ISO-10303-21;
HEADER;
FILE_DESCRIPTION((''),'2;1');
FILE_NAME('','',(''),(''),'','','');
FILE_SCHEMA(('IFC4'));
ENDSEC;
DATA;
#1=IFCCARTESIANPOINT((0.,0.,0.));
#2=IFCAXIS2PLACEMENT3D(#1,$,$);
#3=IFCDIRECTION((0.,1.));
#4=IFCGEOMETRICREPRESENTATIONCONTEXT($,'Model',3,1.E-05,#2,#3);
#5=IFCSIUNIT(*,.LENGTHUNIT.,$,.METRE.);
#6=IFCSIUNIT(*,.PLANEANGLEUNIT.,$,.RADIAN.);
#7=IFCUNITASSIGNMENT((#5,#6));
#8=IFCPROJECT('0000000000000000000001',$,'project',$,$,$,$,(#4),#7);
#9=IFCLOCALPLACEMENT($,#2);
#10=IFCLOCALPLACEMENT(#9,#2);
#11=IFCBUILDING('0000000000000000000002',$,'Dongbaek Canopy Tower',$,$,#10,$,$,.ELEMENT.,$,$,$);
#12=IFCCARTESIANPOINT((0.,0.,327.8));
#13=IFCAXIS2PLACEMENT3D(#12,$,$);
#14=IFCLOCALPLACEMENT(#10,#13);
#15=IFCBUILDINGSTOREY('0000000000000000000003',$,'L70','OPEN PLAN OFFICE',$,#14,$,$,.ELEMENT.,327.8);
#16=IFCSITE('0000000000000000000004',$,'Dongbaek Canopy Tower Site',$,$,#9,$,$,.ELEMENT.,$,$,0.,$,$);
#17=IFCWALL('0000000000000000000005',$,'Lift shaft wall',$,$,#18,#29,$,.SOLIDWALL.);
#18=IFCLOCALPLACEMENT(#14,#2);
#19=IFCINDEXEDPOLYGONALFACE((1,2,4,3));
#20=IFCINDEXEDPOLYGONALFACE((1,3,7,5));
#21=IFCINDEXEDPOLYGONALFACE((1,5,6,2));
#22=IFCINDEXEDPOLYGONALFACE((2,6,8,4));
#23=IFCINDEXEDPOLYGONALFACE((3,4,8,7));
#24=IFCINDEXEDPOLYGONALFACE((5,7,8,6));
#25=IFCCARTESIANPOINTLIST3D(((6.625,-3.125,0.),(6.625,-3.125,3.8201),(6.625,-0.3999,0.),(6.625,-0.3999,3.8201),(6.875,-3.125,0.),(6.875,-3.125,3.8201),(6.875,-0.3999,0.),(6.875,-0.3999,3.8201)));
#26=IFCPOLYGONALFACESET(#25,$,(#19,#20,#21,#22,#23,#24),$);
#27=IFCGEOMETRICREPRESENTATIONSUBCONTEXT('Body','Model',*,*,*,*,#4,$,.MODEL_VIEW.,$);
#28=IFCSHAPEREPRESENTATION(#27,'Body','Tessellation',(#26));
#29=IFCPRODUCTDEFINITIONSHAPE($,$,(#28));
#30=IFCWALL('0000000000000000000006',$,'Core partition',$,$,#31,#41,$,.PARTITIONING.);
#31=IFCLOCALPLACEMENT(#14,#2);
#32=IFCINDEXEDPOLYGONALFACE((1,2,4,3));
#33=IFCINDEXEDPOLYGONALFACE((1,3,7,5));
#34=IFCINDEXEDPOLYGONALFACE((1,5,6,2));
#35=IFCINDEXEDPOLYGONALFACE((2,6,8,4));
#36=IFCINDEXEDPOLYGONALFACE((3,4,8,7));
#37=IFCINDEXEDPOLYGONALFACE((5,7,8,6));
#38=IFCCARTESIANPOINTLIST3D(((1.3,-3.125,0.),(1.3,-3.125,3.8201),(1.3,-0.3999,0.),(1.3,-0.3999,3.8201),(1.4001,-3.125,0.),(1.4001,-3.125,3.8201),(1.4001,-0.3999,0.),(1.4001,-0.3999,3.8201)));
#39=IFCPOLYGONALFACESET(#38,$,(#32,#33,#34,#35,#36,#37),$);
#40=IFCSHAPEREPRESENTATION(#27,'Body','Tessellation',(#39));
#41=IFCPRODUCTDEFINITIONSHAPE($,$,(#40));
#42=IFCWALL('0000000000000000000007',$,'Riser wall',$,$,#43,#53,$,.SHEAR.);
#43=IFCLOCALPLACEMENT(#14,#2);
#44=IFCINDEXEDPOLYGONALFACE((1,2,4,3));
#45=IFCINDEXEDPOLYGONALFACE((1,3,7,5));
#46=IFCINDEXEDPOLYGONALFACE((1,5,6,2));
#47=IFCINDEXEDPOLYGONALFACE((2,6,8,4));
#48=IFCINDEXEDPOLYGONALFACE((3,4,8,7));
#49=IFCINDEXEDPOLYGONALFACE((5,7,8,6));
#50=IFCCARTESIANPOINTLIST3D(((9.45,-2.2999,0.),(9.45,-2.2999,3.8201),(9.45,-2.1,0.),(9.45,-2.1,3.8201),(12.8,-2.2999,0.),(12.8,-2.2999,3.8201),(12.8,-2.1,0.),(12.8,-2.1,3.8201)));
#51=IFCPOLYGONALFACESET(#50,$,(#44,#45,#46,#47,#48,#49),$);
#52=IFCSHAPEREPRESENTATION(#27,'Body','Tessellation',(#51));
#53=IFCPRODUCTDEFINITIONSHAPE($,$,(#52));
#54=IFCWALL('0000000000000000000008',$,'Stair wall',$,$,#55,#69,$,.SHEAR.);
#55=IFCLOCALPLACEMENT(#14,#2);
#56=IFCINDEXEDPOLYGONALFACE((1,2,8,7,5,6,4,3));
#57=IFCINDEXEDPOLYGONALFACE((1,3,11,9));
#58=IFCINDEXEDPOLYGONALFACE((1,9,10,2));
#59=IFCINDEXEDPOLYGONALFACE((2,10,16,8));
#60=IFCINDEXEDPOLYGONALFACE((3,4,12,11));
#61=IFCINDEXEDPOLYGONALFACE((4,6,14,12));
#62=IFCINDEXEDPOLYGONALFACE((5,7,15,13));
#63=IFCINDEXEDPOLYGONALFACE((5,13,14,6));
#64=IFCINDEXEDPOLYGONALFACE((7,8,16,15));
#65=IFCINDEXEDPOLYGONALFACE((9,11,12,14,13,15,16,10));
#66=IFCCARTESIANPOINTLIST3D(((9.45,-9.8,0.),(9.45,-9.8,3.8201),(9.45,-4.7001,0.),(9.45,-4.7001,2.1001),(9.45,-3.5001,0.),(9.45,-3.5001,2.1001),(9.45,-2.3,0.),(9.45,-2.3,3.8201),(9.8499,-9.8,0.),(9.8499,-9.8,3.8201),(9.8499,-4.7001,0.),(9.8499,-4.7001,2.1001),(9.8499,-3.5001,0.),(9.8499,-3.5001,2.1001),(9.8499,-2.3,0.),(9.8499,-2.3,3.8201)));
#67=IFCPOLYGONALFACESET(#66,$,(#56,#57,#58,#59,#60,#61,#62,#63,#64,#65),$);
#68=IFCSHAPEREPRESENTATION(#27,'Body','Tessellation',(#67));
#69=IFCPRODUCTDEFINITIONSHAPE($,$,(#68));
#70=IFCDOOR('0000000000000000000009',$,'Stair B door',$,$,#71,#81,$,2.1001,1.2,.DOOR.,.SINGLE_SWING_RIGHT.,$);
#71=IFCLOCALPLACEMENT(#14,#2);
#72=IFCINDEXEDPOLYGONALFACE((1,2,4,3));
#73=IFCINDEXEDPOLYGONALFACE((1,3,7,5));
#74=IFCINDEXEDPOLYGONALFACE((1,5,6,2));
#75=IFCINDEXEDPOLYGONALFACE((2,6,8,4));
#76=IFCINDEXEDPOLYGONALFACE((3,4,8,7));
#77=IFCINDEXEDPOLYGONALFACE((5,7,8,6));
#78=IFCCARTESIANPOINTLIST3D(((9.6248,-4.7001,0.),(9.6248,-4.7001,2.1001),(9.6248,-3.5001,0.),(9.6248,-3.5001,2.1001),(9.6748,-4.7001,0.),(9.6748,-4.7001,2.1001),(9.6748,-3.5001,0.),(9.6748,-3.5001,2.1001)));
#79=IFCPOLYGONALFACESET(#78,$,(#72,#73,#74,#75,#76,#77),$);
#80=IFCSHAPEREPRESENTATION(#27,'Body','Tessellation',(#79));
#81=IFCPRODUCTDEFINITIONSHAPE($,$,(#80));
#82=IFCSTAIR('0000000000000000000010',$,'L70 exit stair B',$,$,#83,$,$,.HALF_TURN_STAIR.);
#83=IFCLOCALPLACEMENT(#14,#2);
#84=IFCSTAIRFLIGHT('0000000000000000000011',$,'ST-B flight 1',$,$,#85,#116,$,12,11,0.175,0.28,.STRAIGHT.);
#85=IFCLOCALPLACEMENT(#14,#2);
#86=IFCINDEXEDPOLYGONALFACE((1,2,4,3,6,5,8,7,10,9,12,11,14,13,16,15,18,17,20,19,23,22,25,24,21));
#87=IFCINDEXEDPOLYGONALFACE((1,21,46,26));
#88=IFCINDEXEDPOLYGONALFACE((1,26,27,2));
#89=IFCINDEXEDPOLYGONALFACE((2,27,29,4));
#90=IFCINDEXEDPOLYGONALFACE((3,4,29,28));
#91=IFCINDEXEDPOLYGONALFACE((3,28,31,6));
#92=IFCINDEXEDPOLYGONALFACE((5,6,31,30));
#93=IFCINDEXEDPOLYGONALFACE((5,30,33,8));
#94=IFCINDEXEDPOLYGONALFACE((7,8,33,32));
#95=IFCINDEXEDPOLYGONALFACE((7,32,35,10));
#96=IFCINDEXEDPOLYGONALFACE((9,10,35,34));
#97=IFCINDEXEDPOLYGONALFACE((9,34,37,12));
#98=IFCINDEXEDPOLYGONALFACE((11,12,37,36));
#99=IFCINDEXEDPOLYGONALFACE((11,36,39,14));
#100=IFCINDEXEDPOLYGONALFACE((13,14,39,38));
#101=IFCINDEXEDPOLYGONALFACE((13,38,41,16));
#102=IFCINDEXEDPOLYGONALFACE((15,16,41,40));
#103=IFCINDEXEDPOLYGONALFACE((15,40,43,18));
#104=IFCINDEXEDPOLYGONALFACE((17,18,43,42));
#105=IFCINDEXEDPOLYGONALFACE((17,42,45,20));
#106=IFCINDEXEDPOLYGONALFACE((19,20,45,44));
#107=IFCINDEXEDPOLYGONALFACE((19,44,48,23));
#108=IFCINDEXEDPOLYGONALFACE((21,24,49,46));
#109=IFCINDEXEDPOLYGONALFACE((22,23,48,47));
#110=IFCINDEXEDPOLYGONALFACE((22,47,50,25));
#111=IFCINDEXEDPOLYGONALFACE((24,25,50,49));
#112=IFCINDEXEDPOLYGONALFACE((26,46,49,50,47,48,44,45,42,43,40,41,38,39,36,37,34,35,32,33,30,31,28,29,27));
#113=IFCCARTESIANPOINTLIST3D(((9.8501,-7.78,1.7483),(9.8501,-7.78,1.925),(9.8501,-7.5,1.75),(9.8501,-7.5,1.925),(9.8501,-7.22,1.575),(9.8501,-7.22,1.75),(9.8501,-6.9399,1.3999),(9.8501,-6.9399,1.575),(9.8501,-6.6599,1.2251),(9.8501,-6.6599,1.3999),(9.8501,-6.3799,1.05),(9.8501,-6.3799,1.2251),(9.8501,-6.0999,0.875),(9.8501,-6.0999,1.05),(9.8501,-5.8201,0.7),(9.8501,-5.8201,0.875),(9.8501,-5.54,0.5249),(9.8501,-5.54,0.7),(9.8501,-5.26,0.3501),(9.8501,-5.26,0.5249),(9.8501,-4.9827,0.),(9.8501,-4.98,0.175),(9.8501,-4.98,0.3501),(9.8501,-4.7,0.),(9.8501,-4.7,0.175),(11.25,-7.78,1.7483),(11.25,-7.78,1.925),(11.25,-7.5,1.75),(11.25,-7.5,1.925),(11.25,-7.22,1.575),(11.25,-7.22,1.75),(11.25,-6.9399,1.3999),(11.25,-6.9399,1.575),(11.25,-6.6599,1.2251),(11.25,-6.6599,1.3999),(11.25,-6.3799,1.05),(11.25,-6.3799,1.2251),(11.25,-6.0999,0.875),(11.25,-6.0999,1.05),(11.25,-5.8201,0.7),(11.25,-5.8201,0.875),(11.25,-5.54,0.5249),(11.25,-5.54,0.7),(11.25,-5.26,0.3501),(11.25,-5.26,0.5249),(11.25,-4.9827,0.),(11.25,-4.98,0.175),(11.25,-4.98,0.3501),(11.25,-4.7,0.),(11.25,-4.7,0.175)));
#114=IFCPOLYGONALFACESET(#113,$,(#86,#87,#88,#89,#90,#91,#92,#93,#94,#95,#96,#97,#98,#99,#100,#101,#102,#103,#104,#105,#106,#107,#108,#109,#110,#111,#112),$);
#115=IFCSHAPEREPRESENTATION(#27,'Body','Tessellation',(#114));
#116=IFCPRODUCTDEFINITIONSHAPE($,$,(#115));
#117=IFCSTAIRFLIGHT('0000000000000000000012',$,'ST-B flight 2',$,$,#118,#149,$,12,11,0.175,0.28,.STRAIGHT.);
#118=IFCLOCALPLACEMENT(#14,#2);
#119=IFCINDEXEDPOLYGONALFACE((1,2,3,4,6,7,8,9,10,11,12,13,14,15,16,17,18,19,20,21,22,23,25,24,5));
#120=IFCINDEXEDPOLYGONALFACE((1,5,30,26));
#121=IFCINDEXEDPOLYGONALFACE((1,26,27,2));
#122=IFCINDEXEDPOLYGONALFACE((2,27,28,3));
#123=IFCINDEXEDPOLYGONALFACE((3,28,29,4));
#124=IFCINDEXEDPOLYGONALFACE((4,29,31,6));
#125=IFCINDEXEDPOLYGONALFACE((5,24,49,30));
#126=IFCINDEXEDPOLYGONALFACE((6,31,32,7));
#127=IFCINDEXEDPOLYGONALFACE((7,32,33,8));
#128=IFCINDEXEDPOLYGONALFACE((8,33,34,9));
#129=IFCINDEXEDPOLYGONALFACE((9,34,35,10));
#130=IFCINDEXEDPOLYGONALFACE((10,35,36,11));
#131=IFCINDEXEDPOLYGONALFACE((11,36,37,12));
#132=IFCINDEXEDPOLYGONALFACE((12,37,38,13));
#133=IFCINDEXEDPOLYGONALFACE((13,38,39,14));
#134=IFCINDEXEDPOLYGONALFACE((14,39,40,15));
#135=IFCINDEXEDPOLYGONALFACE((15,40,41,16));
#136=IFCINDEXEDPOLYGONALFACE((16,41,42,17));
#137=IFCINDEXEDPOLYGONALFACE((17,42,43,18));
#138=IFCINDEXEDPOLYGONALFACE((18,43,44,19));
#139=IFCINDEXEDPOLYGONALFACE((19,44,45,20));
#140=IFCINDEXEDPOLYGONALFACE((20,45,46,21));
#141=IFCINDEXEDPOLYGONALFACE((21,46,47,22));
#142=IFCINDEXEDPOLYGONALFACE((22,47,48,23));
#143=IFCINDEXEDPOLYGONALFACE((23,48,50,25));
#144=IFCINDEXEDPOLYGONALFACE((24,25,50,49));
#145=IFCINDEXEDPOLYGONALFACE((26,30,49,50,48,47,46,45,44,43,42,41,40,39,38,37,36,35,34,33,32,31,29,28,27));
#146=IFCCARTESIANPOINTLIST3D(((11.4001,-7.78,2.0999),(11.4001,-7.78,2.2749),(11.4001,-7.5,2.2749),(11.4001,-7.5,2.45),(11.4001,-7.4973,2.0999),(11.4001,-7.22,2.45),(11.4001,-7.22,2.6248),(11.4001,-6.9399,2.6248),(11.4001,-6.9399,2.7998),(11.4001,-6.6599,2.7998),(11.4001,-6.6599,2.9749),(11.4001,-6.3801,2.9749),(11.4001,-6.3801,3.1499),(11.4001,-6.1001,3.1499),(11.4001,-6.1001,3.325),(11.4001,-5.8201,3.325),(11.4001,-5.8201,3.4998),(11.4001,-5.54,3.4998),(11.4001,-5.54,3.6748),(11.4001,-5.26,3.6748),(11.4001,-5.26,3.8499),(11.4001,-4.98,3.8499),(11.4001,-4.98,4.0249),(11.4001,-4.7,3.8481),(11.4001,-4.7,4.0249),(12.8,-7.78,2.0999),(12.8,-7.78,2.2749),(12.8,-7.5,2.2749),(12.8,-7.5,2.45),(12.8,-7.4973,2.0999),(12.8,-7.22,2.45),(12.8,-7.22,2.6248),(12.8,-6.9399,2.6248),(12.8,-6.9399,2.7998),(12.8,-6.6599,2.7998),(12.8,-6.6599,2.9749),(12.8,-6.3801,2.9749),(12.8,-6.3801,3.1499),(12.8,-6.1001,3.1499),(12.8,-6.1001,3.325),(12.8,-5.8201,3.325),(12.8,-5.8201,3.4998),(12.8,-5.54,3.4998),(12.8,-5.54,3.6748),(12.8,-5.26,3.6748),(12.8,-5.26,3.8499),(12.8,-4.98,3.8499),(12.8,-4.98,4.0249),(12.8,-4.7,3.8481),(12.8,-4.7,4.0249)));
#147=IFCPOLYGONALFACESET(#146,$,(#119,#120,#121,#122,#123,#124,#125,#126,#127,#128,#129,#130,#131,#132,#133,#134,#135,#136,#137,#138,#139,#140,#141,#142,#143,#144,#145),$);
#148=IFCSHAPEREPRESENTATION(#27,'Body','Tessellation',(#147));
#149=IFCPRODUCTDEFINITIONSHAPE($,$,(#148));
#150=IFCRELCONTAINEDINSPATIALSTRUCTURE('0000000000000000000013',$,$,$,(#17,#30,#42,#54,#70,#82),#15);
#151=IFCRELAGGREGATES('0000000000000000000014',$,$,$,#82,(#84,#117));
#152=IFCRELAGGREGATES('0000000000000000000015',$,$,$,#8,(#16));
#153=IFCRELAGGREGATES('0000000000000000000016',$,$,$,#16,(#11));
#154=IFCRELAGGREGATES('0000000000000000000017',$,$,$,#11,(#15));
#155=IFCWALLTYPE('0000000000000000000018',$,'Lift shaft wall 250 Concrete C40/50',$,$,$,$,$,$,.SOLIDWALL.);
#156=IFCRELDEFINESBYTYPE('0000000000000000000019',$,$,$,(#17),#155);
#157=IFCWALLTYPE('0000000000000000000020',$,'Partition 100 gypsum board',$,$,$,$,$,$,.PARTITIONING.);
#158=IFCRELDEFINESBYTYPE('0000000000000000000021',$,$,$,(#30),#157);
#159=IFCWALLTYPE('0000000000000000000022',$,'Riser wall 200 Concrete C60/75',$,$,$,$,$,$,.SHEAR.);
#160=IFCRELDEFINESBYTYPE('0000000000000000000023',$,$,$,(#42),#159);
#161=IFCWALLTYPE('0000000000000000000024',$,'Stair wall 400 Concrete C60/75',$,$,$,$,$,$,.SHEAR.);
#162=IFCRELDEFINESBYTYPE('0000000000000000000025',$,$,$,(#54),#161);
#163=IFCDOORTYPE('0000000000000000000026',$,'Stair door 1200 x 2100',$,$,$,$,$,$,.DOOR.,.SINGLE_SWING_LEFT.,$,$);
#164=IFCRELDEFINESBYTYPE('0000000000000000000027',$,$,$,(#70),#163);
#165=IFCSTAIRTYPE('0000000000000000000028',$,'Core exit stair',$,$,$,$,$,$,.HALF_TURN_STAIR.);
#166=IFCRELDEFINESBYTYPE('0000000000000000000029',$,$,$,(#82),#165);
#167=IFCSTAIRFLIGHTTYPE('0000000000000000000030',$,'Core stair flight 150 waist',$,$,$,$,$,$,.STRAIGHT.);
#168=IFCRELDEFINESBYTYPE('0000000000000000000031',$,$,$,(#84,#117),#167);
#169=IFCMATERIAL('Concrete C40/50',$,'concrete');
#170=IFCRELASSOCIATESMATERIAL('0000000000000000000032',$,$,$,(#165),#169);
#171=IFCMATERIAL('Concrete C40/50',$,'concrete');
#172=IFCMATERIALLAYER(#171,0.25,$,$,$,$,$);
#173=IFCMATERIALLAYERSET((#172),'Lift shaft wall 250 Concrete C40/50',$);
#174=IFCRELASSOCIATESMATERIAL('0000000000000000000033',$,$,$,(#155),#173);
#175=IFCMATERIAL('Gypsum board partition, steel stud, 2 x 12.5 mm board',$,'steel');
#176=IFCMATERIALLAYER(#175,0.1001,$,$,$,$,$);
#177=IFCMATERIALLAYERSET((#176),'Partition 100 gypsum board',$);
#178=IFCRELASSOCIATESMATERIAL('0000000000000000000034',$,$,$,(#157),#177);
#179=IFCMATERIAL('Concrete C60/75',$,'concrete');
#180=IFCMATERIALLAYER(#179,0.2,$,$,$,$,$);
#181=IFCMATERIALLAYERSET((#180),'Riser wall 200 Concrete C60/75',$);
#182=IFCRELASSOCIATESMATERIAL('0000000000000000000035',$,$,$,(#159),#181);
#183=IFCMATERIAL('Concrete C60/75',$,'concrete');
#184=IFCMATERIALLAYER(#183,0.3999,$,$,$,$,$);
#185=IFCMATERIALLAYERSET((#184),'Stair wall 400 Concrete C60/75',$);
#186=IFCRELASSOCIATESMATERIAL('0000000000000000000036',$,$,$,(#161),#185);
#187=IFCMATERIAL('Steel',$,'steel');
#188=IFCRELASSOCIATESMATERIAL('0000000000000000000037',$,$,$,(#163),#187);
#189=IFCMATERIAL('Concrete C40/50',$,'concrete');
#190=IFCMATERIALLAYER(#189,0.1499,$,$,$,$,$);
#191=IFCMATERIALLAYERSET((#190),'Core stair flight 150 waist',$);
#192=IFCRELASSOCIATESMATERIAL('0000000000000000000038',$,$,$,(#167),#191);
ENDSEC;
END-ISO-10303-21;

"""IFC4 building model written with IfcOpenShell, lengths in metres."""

from ifc_helpers import new_model, si_unit, direction, frame, frame_2d, origin, place, context, subcontext, project, spatial, polyline, rectangle, outline, extrude, material, layer, layer_set, type_object, element, fill, aggregate, save


model = new_model("IFC4")

# Units and contexts
model_context = context("Model", 3, precision=1e-05, world=origin(), true_north=direction((0.0, 1.0)))
body_context = subcontext(model_context, "Body", "Model", "MODEL_VIEW")
ifc_project = project(units=[si_unit("LENGTHUNIT", "METRE"), si_unit("PLANEANGLEUNIT", "RADIAN")], contexts=[model_context])

# Site, building, storey
site_placement = place(None, origin())
site = spatial("IfcSite", under=ifc_project, at=site_placement, Name="Dongbaek Canopy Tower Site", CompositionType="ELEMENT", RefElevation=0.0)
building_placement = place(site_placement, origin())
building = spatial("IfcBuilding", under=site, at=building_placement, Name="Dongbaek Canopy Tower", CompositionType="ELEMENT")
storey_placement = place(building_placement, frame((0.0, 0.0, 327.8)))
storey = spatial("IfcBuildingStorey", under=building, at=storey_placement, Name="L70", Description="OPEN PLAN OFFICE", CompositionType="ELEMENT", Elevation=327.8)

# Shared definitions
ifc_material_1 = material(Name="Concrete C40/50", Category="concrete")
stair_type = type_object("IfcStairType", Name="Core exit stair", PredefinedType="HALF_TURN_STAIR", material=ifc_material_1)

# Walls
ifc_material_2 = material(Name="Concrete C40/50", Category="concrete")
ifc_layer_1 = layer(ifc_material_2, 0.25)
ifc_layer_set_1 = layer_set([ifc_layer_1], Name="Lift shaft wall 250 Concrete C40/50")
wall_type_1 = type_object("IfcWallType", Name="Lift shaft wall 250 Concrete C40/50", PredefinedType="SOLIDWALL", material=ifc_layer_set_1)
wall_1_placement = place(storey_placement, frame((6.75, -3.125, 0.0), z_axis=(0.0, 0.0, 1.0), x_axis=(0.0, 1.0, 0.0)))
element("IfcWall", 1, at=wall_1_placement, inside=storey, type_object=wall_type_1, Name="Lift shaft wall", PredefinedType="SOLIDWALL", context=body_context, shape_type="SweptSolid", body=[
    extrude(rectangle(XDim=2.7251, YDim=0.25, at=frame_2d((1.3625, 0.0))), origin(), (0.0, 0.0, 1.0), 3.8201),
])
ifc_material_3 = material(Name="Gypsum board partition, steel stud, 2 x 12.5 mm board", Category="steel")
ifc_layer_2 = layer(ifc_material_3, 0.1001)
ifc_layer_set_2 = layer_set([ifc_layer_2], Name="Partition 100 gypsum board")
wall_type_2 = type_object("IfcWallType", Name="Partition 100 gypsum board", PredefinedType="PARTITIONING", material=ifc_layer_set_2)
wall_2_placement = place(storey_placement, frame((1.3501, -3.125, 0.0), z_axis=(0.0, 0.0, 1.0), x_axis=(0.0, 1.0, 0.0)))
element("IfcWall", 2, at=wall_2_placement, inside=storey, type_object=wall_type_2, Name="Core partition", PredefinedType="PARTITIONING", context=body_context, shape_type="SweptSolid", body=[
    extrude(rectangle(XDim=2.7251, YDim=0.1001, at=frame_2d((1.3625, 0.0))), origin(), (0.0, 0.0, 1.0), 3.8201),
])
ifc_material_4 = material(Name="Concrete C60/75", Category="concrete")
ifc_layer_3 = layer(ifc_material_4, 0.2)
ifc_layer_set_3 = layer_set([ifc_layer_3], Name="Riser wall 200 Concrete C60/75")
wall_type_3 = type_object("IfcWallType", Name="Riser wall 200 Concrete C60/75", PredefinedType="SHEAR", material=ifc_layer_set_3)
wall_3_placement = place(storey_placement, frame((9.45, -2.2, 0.0), z_axis=(0.0, 0.0, 1.0), x_axis=(1.0, 0.0, 0.0)))
element("IfcWall", 3, at=wall_3_placement, inside=storey, type_object=wall_type_3, Name="Riser wall", PredefinedType="SHEAR", context=body_context, shape_type="SweptSolid", body=[
    extrude(rectangle(XDim=3.3501, YDim=0.2, at=frame_2d((1.675, 0.0))), origin(), (0.0, 0.0, 1.0), 3.8201),
])

# Wall, opening, door
ifc_material_5 = material(Name="Concrete C60/75", Category="concrete")
ifc_layer_4 = layer(ifc_material_5, 0.3999)
ifc_layer_set_4 = layer_set([ifc_layer_4], Name="Stair wall 400 Concrete C60/75")
wall_type_4 = type_object("IfcWallType", Name="Stair wall 400 Concrete C60/75", PredefinedType="SHEAR", material=ifc_layer_set_4)
wall_4_placement = place(storey_placement, frame((9.6499, -2.3, 0.0), z_axis=(0.0, 0.0, 1.0), x_axis=(0.0, -1.0, 0.0)))
wall_4 = element("IfcWall", 4, at=wall_4_placement, inside=storey, type_object=wall_type_4, Name="Stair wall", PredefinedType="SHEAR", context=body_context, shape_type="SweptSolid", body=[
    extrude(rectangle(XDim=7.5, YDim=0.3999, at=frame_2d((3.75, 0.0))), origin(), (0.0, 0.0, 1.0), 3.8201),
])
opening_1_placement = place(wall_4_placement, frame((1.2, 0.0, 0.0)))
opening_1 = element("IfcOpeningElement", 5, at=opening_1_placement, cuts=wall_4, PredefinedType="OPENING", context=body_context, shape_type="SweptSolid", body=[
    extrude(rectangle(XDim=1.2, YDim=2.1001, at=frame_2d((0.6001, 1.05))), frame((0.0, 0.21, 0.0), z_axis=(0.0, -1.0, 0.0), x_axis=(1.0, 0.0, 0.0)), (0.0, 0.0, 1.0), 0.4199),
])
ifc_material_6 = material(Name="Steel", Category="steel")
door_type_1 = type_object("IfcDoorType", Name="Stair door 1200 x 2100", OperationType="SINGLE_SWING_LEFT", PredefinedType="DOOR", material=ifc_material_6)
door_1_placement = place(opening_1_placement, origin())
door_1 = element("IfcDoor", 6, at=door_1_placement, inside=storey, type_object=door_type_1, Name="Stair B door", OperationType="SINGLE_SWING_RIGHT", OverallHeight=2.1001, OverallWidth=1.2, PredefinedType="DOOR", context=body_context, shape_type="SweptSolid", body=[
    extrude(rectangle(XDim=1.2, YDim=2.1001, at=frame_2d((0.6001, 1.05))), frame((0.0, 0.0249, 0.0), z_axis=(0.0, -1.0, 0.0), x_axis=(1.0, 0.0, 0.0)), (0.0, 0.0, 1.0), 0.05),
])
fill(opening_1, door_1)

# Stair, stair flights
stair_1_placement = place(storey_placement, origin())
stair_1 = element("IfcStair", 7, at=stair_1_placement, inside=storey, type_object=stair_type, Name="L70 exit stair B", PredefinedType="HALF_TURN_STAIR")
ifc_material_7 = material(Name="Concrete C40/50", Category="concrete")
ifc_layer_5 = layer(ifc_material_7, 0.1499)
ifc_layer_set_5 = layer_set([ifc_layer_5], Name="Core stair flight 150 waist")
stair_flight_type = type_object("IfcStairFlightType", Name="Core stair flight 150 waist", PredefinedType="STRAIGHT", material=ifc_layer_set_5)
stair_flight_1_placement = place(storey_placement, frame((10.55, -4.7, 0.0), z_axis=(0.0, 0.0, 1.0), x_axis=(0.0, -1.0, 0.0)))
stair_flight_1 = element("IfcStairFlight", 8, at=stair_flight_1_placement, type_object=stair_flight_type, Name="ST-B flight 1", NumberOfRisers=12, NumberOfTreads=11, PredefinedType="STRAIGHT", RiserHeight=0.175, TreadLength=0.28, context=body_context, shape_type="SweptSolid", body=[
    extrude(outline(polyline([(0.0, 0.0), (0.0, 0.175), (0.28, 0.175), (0.28, 0.3501), (0.5601, 0.3501), (0.5601, 0.5249), (0.8401, 0.5249), (0.8401, 0.7), (1.1201, 0.7), (1.1201, 0.875), (1.3999, 0.875), (1.3999, 1.05), (1.6799, 1.05), (1.6799, 1.2251), (1.96, 1.2251), (1.96, 1.3999), (2.24, 1.3999), (2.24, 1.575), (2.52, 1.575), (2.52, 1.75), (2.8, 1.75), (2.8, 1.925), (3.0801, 1.925), (3.0801, 2.1001), (3.0801, 1.7483), (0.2827, 0.0), (0.0, 0.0)])), frame((0.0, 0.7, 0.0), z_axis=(0.0, -1.0, 0.0), x_axis=(1.0, 0.0, 0.0)), (0.0, 0.0, 1.0), 1.3999),
])
stair_flight_2_placement = place(storey_placement, frame((12.1001, -7.78, 2.0999), z_axis=(0.0, 0.0, 1.0), x_axis=(0.0, 1.0, 0.0)))
stair_flight_2 = element("IfcStairFlight", 9, at=stair_flight_2_placement, type_object=stair_flight_type, Name="ST-B flight 2", NumberOfRisers=12, NumberOfTreads=11, PredefinedType="STRAIGHT", RiserHeight=0.175, TreadLength=0.28, context=body_context, shape_type="SweptSolid", body=[
    extrude(outline(polyline([(0.0, 0.0), (0.0, 0.175), (0.28, 0.175), (0.28, 0.3501), (0.5601, 0.3501), (0.5601, 0.5249), (0.8401, 0.5249), (0.8401, 0.7), (1.1201, 0.7), (1.1201, 0.875), (1.3999, 0.875), (1.3999, 1.05), (1.6799, 1.05), (1.6799, 1.2251), (1.96, 1.2251), (1.96, 1.3999), (2.24, 1.3999), (2.24, 1.575), (2.52, 1.575), (2.52, 1.75), (2.8, 1.75), (2.8, 1.925), (3.0801, 1.925), (3.0801, 2.1001), (3.0801, 1.7483), (0.2827, 0.0), (0.0, 0.0)])), frame((0.0, 0.7, 0.0), z_axis=(0.0, -1.0, 0.0), x_axis=(1.0, 0.0, 0.0)), (0.0, 0.0, 1.0), 1.3999),
])
aggregate(stair_1, [stair_flight_1, stair_flight_2])

save(model, "model.ifc")
